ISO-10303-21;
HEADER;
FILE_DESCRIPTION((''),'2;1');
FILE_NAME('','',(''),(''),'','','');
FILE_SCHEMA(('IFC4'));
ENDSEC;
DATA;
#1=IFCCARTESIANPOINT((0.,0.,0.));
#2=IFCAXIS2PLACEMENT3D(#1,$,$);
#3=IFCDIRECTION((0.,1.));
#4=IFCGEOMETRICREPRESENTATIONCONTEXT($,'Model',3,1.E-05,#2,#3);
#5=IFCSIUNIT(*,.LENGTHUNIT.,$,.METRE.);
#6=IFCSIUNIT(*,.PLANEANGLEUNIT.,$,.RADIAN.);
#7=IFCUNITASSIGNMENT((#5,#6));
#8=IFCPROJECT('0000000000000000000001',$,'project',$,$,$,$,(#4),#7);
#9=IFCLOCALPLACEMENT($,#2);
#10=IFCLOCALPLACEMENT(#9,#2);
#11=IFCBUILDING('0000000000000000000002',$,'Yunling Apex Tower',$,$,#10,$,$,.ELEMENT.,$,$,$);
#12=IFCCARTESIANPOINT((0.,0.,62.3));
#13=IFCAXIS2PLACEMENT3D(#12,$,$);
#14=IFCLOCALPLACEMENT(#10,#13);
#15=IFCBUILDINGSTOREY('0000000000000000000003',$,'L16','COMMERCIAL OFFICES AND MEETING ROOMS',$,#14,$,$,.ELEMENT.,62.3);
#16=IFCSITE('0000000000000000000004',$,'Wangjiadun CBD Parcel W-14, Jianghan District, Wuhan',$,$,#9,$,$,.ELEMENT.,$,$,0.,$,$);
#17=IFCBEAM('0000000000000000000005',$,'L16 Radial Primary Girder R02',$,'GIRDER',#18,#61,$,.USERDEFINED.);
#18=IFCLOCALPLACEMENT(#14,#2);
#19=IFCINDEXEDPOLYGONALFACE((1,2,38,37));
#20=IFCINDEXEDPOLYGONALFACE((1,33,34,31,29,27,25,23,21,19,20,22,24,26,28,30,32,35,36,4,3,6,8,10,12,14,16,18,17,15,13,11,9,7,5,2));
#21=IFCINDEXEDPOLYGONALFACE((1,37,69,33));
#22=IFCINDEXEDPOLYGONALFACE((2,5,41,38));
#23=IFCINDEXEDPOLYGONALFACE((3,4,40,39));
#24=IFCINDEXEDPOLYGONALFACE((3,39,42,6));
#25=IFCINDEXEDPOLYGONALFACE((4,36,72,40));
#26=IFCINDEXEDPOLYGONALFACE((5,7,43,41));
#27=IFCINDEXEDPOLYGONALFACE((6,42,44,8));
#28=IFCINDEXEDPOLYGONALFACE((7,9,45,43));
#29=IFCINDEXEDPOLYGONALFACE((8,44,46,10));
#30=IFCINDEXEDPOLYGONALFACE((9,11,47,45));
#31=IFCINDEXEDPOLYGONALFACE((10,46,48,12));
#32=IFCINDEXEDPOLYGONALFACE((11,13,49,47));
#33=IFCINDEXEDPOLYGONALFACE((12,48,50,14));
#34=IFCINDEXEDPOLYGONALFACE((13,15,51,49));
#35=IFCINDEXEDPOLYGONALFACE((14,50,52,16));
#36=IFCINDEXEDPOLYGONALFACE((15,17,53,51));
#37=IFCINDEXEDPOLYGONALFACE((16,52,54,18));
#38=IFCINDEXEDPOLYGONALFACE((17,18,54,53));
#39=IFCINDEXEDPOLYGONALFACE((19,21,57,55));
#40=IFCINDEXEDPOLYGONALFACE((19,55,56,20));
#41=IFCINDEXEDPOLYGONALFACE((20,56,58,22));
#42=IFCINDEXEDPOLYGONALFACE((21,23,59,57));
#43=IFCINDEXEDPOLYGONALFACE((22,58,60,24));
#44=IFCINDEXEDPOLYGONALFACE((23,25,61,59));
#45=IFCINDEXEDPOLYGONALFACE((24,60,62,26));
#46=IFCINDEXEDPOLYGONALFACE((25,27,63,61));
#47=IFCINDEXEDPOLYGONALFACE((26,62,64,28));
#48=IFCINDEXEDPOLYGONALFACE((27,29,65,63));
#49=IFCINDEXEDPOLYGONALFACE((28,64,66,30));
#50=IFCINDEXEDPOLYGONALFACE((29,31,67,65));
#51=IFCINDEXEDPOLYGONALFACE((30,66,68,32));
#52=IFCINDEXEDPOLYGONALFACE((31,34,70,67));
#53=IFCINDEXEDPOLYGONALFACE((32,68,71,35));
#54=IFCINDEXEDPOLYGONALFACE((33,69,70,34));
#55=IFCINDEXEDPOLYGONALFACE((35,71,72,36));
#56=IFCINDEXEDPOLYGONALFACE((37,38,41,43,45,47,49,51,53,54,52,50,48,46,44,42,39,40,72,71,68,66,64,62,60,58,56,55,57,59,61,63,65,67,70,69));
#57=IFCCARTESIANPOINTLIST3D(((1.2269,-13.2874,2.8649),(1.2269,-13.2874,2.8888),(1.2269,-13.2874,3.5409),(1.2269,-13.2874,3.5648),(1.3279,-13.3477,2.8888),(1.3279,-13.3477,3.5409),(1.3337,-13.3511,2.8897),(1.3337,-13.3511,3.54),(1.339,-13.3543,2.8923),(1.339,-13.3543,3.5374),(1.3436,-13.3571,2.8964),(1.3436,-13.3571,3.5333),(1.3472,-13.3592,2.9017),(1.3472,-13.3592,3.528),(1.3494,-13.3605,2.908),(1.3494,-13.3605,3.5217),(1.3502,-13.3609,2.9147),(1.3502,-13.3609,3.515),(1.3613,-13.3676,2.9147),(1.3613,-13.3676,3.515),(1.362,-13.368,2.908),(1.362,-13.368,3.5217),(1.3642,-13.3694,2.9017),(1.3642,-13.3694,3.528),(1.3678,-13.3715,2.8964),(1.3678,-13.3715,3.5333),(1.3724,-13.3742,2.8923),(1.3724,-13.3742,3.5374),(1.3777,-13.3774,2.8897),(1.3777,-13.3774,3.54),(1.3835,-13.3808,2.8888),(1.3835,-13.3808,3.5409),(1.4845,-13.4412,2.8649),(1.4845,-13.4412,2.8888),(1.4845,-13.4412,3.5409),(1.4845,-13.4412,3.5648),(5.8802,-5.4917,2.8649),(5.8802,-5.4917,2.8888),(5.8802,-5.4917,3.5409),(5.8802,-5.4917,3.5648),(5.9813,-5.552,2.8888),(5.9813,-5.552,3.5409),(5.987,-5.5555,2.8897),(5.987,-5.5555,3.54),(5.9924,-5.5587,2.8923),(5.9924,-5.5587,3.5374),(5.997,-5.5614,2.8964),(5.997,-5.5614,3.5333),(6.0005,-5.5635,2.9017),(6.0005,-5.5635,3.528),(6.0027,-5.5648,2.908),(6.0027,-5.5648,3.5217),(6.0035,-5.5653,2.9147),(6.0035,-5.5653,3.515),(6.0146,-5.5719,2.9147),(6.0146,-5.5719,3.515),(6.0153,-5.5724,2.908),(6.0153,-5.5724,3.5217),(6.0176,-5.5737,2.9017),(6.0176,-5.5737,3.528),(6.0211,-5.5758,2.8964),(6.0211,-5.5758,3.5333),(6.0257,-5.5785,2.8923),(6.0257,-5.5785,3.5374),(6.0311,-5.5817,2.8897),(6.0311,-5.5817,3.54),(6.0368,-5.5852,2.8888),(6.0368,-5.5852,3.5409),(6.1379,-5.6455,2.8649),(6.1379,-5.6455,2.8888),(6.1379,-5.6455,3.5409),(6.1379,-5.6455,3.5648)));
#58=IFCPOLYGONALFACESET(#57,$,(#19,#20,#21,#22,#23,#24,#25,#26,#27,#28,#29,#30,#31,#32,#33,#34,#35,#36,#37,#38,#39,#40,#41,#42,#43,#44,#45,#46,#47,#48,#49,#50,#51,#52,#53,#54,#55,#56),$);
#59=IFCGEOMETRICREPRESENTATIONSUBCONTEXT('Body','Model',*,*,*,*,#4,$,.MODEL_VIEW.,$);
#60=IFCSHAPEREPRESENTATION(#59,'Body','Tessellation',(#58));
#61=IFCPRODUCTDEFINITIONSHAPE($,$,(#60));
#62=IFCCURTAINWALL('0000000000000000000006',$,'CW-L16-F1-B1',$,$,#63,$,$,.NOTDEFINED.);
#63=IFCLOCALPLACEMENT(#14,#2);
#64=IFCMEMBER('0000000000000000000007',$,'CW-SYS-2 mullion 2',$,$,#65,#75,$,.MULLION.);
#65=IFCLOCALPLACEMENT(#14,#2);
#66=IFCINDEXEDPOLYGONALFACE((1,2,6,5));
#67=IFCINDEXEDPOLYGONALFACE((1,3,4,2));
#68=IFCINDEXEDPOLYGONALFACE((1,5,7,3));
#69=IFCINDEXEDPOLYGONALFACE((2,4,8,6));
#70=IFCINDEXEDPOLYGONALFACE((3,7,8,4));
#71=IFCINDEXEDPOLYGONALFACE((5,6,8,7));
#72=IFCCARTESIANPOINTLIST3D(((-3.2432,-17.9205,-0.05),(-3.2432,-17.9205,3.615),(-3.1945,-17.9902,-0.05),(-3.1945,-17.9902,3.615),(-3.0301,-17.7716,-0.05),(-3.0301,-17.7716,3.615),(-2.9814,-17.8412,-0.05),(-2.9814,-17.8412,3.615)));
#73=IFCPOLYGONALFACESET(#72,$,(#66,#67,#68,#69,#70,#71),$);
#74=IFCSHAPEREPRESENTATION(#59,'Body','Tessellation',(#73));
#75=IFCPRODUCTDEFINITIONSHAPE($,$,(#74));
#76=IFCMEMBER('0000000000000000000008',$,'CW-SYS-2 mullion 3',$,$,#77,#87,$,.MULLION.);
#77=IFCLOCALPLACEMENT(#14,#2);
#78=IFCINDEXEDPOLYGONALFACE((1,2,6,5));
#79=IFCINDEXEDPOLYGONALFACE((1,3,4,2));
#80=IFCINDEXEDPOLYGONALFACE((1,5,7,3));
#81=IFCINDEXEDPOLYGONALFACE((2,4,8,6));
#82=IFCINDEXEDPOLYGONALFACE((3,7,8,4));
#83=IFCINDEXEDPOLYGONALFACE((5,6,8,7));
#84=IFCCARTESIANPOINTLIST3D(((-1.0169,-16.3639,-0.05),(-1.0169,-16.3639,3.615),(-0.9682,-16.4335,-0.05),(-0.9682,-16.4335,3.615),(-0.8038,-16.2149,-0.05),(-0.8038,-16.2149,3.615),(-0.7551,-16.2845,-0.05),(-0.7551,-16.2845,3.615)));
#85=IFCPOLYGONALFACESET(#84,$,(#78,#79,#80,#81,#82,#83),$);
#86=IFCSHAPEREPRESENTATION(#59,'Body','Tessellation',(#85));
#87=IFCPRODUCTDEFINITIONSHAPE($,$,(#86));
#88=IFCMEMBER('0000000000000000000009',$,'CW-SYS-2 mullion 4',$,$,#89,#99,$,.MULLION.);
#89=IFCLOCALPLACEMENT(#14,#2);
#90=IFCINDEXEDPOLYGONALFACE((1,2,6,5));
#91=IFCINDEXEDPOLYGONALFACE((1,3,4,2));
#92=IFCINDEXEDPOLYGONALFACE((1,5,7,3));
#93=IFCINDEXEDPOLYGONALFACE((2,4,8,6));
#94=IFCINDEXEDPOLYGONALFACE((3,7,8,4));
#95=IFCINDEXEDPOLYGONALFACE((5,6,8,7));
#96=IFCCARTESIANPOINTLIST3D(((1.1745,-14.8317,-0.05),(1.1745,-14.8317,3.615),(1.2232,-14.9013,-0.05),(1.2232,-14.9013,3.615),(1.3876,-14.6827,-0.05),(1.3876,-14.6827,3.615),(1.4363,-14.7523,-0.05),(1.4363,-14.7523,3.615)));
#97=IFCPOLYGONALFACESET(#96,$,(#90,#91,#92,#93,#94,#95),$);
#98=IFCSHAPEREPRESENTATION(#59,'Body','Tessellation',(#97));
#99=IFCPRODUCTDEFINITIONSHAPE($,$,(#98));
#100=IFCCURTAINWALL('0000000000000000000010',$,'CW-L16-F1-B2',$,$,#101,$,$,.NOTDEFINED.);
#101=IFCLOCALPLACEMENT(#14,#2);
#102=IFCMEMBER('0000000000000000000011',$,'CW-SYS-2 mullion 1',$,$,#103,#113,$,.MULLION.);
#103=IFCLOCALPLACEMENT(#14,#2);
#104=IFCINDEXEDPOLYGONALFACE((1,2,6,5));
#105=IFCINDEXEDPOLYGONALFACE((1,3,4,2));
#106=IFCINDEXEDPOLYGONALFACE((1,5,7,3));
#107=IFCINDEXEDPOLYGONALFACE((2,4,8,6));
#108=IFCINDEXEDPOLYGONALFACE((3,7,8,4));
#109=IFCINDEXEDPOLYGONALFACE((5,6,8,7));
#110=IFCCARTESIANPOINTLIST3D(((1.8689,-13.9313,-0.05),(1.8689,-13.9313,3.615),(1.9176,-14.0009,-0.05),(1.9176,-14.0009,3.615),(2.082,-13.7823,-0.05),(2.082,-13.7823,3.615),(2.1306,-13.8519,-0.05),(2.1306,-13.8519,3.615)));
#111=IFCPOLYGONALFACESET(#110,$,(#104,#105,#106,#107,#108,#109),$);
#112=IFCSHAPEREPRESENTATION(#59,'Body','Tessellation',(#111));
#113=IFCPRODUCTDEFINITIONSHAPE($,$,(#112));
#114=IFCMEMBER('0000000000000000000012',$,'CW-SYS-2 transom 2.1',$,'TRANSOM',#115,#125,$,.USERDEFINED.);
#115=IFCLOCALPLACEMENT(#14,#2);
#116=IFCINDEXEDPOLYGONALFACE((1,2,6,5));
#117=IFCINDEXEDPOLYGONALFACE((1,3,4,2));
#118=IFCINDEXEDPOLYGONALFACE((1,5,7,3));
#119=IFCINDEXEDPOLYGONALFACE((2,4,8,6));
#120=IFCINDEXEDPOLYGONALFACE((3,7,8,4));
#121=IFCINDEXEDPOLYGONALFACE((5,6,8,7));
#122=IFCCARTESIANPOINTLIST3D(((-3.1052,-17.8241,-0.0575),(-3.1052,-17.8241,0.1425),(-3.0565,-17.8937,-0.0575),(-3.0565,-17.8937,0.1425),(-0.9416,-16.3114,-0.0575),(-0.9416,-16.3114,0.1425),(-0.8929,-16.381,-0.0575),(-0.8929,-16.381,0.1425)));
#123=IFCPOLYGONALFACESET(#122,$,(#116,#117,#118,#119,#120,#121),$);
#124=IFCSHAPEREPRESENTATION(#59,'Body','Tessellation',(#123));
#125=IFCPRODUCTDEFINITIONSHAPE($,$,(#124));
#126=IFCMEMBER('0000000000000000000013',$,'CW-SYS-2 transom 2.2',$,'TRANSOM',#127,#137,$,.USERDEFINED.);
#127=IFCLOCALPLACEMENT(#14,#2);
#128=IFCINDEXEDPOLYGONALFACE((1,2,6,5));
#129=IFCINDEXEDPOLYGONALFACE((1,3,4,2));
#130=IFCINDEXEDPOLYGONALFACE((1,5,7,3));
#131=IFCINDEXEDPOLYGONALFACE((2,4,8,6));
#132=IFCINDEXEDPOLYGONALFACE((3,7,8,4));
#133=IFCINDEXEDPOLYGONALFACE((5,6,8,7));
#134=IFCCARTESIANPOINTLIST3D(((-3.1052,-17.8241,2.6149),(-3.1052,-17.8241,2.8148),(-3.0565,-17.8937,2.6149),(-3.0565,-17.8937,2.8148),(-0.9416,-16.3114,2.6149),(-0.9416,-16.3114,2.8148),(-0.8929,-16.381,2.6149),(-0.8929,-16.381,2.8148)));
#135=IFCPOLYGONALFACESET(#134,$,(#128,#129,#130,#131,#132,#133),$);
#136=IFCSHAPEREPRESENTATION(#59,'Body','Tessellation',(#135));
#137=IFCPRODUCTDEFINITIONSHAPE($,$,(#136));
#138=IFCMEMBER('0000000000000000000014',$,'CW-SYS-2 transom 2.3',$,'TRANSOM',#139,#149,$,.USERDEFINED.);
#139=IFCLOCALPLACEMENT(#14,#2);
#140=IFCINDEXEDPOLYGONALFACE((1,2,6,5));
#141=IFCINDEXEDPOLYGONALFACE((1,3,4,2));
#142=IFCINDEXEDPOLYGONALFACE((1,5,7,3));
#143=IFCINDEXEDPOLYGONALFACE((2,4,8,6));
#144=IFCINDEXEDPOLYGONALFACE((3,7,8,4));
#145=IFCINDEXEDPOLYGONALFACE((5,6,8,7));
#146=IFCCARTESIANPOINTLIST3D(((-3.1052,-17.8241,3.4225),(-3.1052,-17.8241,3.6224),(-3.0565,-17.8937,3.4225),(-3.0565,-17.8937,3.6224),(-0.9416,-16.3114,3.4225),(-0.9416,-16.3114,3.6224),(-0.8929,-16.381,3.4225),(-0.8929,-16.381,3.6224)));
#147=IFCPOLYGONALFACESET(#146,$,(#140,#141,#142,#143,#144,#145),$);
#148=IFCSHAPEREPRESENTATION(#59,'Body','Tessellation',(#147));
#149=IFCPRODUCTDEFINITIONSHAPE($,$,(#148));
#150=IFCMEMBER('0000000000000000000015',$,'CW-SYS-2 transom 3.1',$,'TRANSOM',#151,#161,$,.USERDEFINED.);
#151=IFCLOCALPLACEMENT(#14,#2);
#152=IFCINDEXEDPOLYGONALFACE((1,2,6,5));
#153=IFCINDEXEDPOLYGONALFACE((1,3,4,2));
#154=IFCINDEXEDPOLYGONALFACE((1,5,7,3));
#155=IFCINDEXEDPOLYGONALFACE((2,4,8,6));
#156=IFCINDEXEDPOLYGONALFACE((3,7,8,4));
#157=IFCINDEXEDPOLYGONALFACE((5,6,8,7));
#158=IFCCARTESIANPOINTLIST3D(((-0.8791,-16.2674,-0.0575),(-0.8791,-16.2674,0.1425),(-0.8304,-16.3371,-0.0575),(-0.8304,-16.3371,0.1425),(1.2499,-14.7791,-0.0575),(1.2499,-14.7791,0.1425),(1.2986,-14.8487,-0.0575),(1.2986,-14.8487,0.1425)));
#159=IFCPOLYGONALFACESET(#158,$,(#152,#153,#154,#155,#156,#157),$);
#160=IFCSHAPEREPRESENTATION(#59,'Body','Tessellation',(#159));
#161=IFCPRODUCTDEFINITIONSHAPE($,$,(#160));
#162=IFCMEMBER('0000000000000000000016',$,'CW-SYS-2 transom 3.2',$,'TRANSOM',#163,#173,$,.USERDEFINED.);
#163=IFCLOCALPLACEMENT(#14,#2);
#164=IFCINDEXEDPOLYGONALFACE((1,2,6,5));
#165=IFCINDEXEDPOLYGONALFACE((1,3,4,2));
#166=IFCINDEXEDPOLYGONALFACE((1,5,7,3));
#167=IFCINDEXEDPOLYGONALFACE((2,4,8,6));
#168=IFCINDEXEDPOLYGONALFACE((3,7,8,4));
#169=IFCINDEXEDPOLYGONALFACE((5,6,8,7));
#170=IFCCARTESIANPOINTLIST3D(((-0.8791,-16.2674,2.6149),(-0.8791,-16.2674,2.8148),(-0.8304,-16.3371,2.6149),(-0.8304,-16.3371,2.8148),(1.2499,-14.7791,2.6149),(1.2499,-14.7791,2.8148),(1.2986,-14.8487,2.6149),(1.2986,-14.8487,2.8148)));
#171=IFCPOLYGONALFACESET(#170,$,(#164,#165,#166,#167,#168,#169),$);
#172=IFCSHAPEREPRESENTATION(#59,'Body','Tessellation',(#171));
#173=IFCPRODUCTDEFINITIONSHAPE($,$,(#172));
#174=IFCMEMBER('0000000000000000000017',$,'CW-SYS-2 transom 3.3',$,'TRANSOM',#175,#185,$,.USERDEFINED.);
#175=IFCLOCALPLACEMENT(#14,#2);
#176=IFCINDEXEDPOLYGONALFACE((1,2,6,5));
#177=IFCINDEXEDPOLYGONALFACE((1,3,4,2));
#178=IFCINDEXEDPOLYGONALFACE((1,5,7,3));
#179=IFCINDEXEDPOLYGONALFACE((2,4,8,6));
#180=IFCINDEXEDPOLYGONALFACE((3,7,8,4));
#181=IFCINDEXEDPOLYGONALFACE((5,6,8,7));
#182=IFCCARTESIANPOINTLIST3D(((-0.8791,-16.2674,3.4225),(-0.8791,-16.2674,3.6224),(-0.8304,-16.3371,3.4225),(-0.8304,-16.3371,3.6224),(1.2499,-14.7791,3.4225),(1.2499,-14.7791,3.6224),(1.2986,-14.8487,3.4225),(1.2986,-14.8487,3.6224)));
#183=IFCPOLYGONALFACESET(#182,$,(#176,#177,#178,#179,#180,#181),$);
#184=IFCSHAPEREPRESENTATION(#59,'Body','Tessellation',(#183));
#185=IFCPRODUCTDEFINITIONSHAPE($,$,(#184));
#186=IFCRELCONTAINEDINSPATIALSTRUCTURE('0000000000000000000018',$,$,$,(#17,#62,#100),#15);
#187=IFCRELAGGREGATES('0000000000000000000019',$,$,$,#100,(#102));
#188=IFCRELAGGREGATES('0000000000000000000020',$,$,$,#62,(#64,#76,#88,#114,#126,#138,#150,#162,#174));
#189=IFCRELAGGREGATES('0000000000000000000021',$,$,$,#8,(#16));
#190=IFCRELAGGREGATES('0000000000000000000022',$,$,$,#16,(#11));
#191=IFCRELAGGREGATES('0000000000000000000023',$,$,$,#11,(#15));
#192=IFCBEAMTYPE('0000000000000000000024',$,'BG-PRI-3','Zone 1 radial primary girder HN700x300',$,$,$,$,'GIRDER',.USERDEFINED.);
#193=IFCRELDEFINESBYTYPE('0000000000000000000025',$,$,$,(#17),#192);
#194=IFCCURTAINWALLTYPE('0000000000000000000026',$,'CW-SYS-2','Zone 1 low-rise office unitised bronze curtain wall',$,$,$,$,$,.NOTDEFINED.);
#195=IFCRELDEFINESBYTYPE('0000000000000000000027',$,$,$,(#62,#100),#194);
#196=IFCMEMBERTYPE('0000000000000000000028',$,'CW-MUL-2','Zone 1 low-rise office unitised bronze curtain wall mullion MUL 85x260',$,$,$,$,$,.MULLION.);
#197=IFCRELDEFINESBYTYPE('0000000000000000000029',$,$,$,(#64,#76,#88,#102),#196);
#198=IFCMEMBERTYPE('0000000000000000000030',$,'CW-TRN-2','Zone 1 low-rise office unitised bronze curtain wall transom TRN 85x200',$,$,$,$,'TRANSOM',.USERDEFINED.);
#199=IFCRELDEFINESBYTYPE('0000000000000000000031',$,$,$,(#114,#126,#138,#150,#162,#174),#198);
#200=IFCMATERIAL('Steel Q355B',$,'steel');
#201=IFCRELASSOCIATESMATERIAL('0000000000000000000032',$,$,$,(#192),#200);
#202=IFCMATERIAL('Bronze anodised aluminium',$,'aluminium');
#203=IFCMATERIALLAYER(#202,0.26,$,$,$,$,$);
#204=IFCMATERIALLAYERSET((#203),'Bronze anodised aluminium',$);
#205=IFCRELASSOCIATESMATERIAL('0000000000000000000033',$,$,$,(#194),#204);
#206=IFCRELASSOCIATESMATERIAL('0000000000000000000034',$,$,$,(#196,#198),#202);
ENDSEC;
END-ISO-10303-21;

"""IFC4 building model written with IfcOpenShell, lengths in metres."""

from ifc_helpers import new_model, si_unit, direction, frame, origin, origin_2d, place, context, subcontext, project, spatial, rectangle, i_section, extrude, source, transform, mapped, material, layer, layer_set, material_profile, profile_set, type_object, element, aggregate, save


model = new_model("IFC4")

# Units and contexts
model_context = context("Model", 3, precision=1e-05, world=origin(), true_north=direction((0.0, 1.0)))
body_context = subcontext(model_context, "Body", "Model", "MODEL_VIEW")
ifc_project = project(units=[si_unit("LENGTHUNIT", "METRE"), si_unit("PLANEANGLEUNIT", "RADIAN")], contexts=[model_context])

# Site, building, storey
site_placement = place(None, origin())
site = spatial("IfcSite", under=ifc_project, at=site_placement, Name="Wangjiadun CBD Parcel W-14, Jianghan District, Wuhan", CompositionType="ELEMENT", RefElevation=0.0)
building_placement = place(site_placement, origin())
building = spatial("IfcBuilding", under=site, at=building_placement, Name="Yunling Apex Tower", CompositionType="ELEMENT")
storey_placement = place(building_placement, frame((0.0, 0.0, 62.3)))
storey = spatial("IfcBuildingStorey", under=building, at=storey_placement, Name="L16", Description="COMMERCIAL OFFICES AND MEETING ROOMS", CompositionType="ELEMENT", Elevation=62.3)

# Beam
ifc_material_1 = material(Name="Steel Q355B", Category="steel")
ifc_material_profile_1 = material_profile(ifc_material_1, i_section(OverallWidth=0.3, OverallDepth=0.7, WebThickness=0.0129, FlangeThickness=0.0239, FilletRadius=0.0259, at=origin_2d()))
ifc_profile_set_1 = profile_set([ifc_material_profile_1], Name="Steel Q355B")
beam_type_1 = type_object("IfcBeamType", Name="BG-PRI-3", Description="Zone 1 radial primary girder HN700x300", ElementType="GIRDER", PredefinedType="USERDEFINED", material=ifc_profile_set_1)
shared_shape_1 = source(origin(), body_context, "Body", "SweptSolid", [
    extrude(i_section(OverallWidth=0.3, OverallDepth=0.7, WebThickness=0.0129, FlangeThickness=0.0239, FilletRadius=0.0259, at=origin_2d()), origin(), (0.0, 0.0, 1.0), 9.0789),
])
beam_1_placement = place(storey_placement, frame((1.3557, -13.3643, 3.2148), z_axis=(0.512545, 0.85866, 0.0), x_axis=(-0.85866, 0.512545, 0.0)))
element("IfcBeam", 1, at=beam_1_placement, inside=storey, type_object=beam_type_1, Name="L16 Radial Primary Girder R02", ObjectType="GIRDER", PredefinedType="USERDEFINED", context=body_context, shape_type="MappedRepresentation", body=[
    mapped(shared_shape_1, transform((0.0, 0.0, 0.0), scale=1.0)),
])

# Curtain wall, members
ifc_material_2 = material(Name="Bronze anodised aluminium", Category="aluminium")
ifc_layer_1 = layer(ifc_material_2, 0.26)
ifc_layer_set_1 = layer_set([ifc_layer_1], Name="Bronze anodised aluminium")
curtain_wall_type = type_object("IfcCurtainWallType", Name="CW-SYS-2", Description="Zone 1 low-rise office unitised bronze curtain wall", PredefinedType="NOTDEFINED", material=ifc_layer_set_1)
curtain_wall_1_placement = place(storey_placement, origin())
curtain_wall_1 = element("IfcCurtainWall", 2, at=curtain_wall_1_placement, inside=storey, type_object=curtain_wall_type, Name="CW-L16-F1-B1", PredefinedType="NOTDEFINED")
ifc_material_profile_2 = material_profile(ifc_material_2, rectangle(XDim=0.085, YDim=0.26, at=origin_2d()))
ifc_profile_set_2 = profile_set([ifc_material_profile_2], Name="Bronze anodised aluminium")
member_type_1 = type_object("IfcMemberType", Name="CW-MUL-2", Description="Zone 1 low-rise office unitised bronze curtain wall mullion MUL 85x260", PredefinedType="MULLION", material=ifc_profile_set_2)
shared_shape_2 = source(origin(), body_context, "Body", "SweptSolid", [
    extrude(rectangle(XDim=0.085, YDim=0.26, at=origin_2d()), origin(), (0.0, 0.0, 1.0), 3.665),
])
member_1_placement = place(storey_placement, frame((-3.1123, -17.8809, -0.05), z_axis=(0.0, 0.0, 1.0), x_axis=(-0.573004, 0.819552, 0.0)))
member_1 = element("IfcMember", 3, at=member_1_placement, type_object=member_type_1, Name="CW-SYS-2 mullion 2", PredefinedType="MULLION", context=body_context, shape_type="MappedRepresentation", body=[
    mapped(shared_shape_2, transform((0.0, 0.0, 0.0), scale=1.0)),
])
member_2_placement = place(storey_placement, frame((-0.886, -16.3242, -0.05), z_axis=(0.0, 0.0, 1.0), x_axis=(-0.573004, 0.819552, 0.0)))
member_2 = element("IfcMember", 4, at=member_2_placement, type_object=member_type_1, Name="CW-SYS-2 mullion 3", PredefinedType="MULLION", context=body_context, shape_type="MappedRepresentation", body=[
    mapped(shared_shape_2, transform((0.0, 0.0, 0.0), scale=1.0)),
])
member_3_placement = place(storey_placement, frame((1.3054, -14.792, -0.05), z_axis=(0.0, 0.0, 1.0), x_axis=(-0.573004, 0.819552, 0.0)))
member_3 = element("IfcMember", 5, at=member_3_placement, type_object=member_type_1, Name="CW-SYS-2 mullion 4", PredefinedType="MULLION", context=body_context, shape_type="MappedRepresentation", body=[
    mapped(shared_shape_2, transform((0.0, 0.0, 0.0), scale=1.0)),
])

# Curtain wall, member
curtain_wall_2_placement = place(storey_placement, origin())
curtain_wall_2 = element("IfcCurtainWall", 6, at=curtain_wall_2_placement, inside=storey, type_object=curtain_wall_type, Name="CW-L16-F1-B2", PredefinedType="NOTDEFINED")
member_4_placement = place(storey_placement, frame((1.9998, -13.8916, -0.05), z_axis=(0.0, 0.0, 1.0), x_axis=(-0.573003, 0.819553, 0.0)))
member_4 = element("IfcMember", 7, at=member_4_placement, type_object=member_type_1, Name="CW-SYS-2 mullion 1", PredefinedType="MULLION", context=body_context, shape_type="MappedRepresentation", body=[
    mapped(shared_shape_2, transform((0.0, 0.0, 0.0), scale=1.0)),
])

# Members
ifc_material_profile_3 = material_profile(ifc_material_2, rectangle(XDim=0.085, YDim=0.2, at=origin_2d()))
ifc_profile_set_3 = profile_set([ifc_material_profile_3], Name="Bronze anodised aluminium")
member_type_2 = type_object("IfcMemberType", Name="CW-TRN-2", Description="Zone 1 low-rise office unitised bronze curtain wall transom TRN 85x200", ElementType="TRANSOM", PredefinedType="USERDEFINED", material=ifc_profile_set_3)
shared_shape_3 = source(origin(), body_context, "Body", "SweptSolid", [
    extrude(rectangle(XDim=0.085, YDim=0.2, at=origin_2d()), origin(), (0.0, 0.0, 1.0), 2.6399),
])
member_5_placement = place(storey_placement, frame((-3.0808, -17.8589, 0.0425), z_axis=(0.819553, 0.573003, 0.0), x_axis=(-0.573003, 0.819553, 0.0)))
member_5 = element("IfcMember", 8, at=member_5_placement, type_object=member_type_2, Name="CW-SYS-2 transom 2.1", ObjectType="TRANSOM", PredefinedType="USERDEFINED", context=body_context, shape_type="MappedRepresentation", body=[
    mapped(shared_shape_3, transform((0.0, 0.0, 0.0), scale=1.0)),
])
member_6_placement = place(storey_placement, frame((-3.0808, -17.8589, 2.7148), z_axis=(0.819553, 0.573003, 0.0), x_axis=(-0.573003, 0.819553, 0.0)))
member_6 = element("IfcMember", 9, at=member_6_placement, type_object=member_type_2, Name="CW-SYS-2 transom 2.2", ObjectType="TRANSOM", PredefinedType="USERDEFINED", context=body_context, shape_type="MappedRepresentation", body=[
    mapped(shared_shape_3, transform((0.0, 0.0, 0.0), scale=1.0)),
])
member_7_placement = place(storey_placement, frame((-3.0808, -17.8589, 3.5225), z_axis=(0.819553, 0.573003, 0.0), x_axis=(-0.573003, 0.819553, 0.0)))
member_7 = element("IfcMember", 10, at=member_7_placement, type_object=member_type_2, Name="CW-SYS-2 transom 2.3", ObjectType="TRANSOM", PredefinedType="USERDEFINED", context=body_context, shape_type="MappedRepresentation", body=[
    mapped(shared_shape_3, transform((0.0, 0.0, 0.0), scale=1.0)),
])
shared_shape_4 = source(origin(), body_context, "Body", "SweptSolid", [
    extrude(rectangle(XDim=0.085, YDim=0.2, at=origin_2d()), origin(), (0.0, 0.0, 1.0), 2.5977),
])
member_8_placement = place(storey_placement, frame((-0.8547, -16.3022, 0.0425), z_axis=(0.819585, 0.572958, 0.0), x_axis=(-0.572958, 0.819585, 0.0)))
member_8 = element("IfcMember", 11, at=member_8_placement, type_object=member_type_2, Name="CW-SYS-2 transom 3.1", ObjectType="TRANSOM", PredefinedType="USERDEFINED", context=body_context, shape_type="MappedRepresentation", body=[
    mapped(shared_shape_4, transform((0.0, 0.0, 0.0), scale=1.0)),
])
member_9_placement = place(storey_placement, frame((-0.8547, -16.3022, 2.7148), z_axis=(0.819585, 0.572958, 0.0), x_axis=(-0.572958, 0.819585, 0.0)))
member_9 = element("IfcMember", 12, at=member_9_placement, type_object=member_type_2, Name="CW-SYS-2 transom 3.2", ObjectType="TRANSOM", PredefinedType="USERDEFINED", context=body_context, shape_type="MappedRepresentation", body=[
    mapped(shared_shape_4, transform((0.0, 0.0, 0.0), scale=1.0)),
])
member_10_placement = place(storey_placement, frame((-0.8547, -16.3022, 3.5225), z_axis=(0.819585, 0.572958, 0.0), x_axis=(-0.572958, 0.819585, 0.0)))
member_10 = element("IfcMember", 13, at=member_10_placement, type_object=member_type_2, Name="CW-SYS-2 transom 3.3", ObjectType="TRANSOM", PredefinedType="USERDEFINED", context=body_context, shape_type="MappedRepresentation", body=[
    mapped(shared_shape_4, transform((0.0, 0.0, 0.0), scale=1.0)),
])
aggregate(curtain_wall_2, [member_4])

aggregate(curtain_wall_1, [member_1, member_2, member_3, member_5, member_6, member_7, member_8, member_9, member_10])

save(model, "model.ifc")
